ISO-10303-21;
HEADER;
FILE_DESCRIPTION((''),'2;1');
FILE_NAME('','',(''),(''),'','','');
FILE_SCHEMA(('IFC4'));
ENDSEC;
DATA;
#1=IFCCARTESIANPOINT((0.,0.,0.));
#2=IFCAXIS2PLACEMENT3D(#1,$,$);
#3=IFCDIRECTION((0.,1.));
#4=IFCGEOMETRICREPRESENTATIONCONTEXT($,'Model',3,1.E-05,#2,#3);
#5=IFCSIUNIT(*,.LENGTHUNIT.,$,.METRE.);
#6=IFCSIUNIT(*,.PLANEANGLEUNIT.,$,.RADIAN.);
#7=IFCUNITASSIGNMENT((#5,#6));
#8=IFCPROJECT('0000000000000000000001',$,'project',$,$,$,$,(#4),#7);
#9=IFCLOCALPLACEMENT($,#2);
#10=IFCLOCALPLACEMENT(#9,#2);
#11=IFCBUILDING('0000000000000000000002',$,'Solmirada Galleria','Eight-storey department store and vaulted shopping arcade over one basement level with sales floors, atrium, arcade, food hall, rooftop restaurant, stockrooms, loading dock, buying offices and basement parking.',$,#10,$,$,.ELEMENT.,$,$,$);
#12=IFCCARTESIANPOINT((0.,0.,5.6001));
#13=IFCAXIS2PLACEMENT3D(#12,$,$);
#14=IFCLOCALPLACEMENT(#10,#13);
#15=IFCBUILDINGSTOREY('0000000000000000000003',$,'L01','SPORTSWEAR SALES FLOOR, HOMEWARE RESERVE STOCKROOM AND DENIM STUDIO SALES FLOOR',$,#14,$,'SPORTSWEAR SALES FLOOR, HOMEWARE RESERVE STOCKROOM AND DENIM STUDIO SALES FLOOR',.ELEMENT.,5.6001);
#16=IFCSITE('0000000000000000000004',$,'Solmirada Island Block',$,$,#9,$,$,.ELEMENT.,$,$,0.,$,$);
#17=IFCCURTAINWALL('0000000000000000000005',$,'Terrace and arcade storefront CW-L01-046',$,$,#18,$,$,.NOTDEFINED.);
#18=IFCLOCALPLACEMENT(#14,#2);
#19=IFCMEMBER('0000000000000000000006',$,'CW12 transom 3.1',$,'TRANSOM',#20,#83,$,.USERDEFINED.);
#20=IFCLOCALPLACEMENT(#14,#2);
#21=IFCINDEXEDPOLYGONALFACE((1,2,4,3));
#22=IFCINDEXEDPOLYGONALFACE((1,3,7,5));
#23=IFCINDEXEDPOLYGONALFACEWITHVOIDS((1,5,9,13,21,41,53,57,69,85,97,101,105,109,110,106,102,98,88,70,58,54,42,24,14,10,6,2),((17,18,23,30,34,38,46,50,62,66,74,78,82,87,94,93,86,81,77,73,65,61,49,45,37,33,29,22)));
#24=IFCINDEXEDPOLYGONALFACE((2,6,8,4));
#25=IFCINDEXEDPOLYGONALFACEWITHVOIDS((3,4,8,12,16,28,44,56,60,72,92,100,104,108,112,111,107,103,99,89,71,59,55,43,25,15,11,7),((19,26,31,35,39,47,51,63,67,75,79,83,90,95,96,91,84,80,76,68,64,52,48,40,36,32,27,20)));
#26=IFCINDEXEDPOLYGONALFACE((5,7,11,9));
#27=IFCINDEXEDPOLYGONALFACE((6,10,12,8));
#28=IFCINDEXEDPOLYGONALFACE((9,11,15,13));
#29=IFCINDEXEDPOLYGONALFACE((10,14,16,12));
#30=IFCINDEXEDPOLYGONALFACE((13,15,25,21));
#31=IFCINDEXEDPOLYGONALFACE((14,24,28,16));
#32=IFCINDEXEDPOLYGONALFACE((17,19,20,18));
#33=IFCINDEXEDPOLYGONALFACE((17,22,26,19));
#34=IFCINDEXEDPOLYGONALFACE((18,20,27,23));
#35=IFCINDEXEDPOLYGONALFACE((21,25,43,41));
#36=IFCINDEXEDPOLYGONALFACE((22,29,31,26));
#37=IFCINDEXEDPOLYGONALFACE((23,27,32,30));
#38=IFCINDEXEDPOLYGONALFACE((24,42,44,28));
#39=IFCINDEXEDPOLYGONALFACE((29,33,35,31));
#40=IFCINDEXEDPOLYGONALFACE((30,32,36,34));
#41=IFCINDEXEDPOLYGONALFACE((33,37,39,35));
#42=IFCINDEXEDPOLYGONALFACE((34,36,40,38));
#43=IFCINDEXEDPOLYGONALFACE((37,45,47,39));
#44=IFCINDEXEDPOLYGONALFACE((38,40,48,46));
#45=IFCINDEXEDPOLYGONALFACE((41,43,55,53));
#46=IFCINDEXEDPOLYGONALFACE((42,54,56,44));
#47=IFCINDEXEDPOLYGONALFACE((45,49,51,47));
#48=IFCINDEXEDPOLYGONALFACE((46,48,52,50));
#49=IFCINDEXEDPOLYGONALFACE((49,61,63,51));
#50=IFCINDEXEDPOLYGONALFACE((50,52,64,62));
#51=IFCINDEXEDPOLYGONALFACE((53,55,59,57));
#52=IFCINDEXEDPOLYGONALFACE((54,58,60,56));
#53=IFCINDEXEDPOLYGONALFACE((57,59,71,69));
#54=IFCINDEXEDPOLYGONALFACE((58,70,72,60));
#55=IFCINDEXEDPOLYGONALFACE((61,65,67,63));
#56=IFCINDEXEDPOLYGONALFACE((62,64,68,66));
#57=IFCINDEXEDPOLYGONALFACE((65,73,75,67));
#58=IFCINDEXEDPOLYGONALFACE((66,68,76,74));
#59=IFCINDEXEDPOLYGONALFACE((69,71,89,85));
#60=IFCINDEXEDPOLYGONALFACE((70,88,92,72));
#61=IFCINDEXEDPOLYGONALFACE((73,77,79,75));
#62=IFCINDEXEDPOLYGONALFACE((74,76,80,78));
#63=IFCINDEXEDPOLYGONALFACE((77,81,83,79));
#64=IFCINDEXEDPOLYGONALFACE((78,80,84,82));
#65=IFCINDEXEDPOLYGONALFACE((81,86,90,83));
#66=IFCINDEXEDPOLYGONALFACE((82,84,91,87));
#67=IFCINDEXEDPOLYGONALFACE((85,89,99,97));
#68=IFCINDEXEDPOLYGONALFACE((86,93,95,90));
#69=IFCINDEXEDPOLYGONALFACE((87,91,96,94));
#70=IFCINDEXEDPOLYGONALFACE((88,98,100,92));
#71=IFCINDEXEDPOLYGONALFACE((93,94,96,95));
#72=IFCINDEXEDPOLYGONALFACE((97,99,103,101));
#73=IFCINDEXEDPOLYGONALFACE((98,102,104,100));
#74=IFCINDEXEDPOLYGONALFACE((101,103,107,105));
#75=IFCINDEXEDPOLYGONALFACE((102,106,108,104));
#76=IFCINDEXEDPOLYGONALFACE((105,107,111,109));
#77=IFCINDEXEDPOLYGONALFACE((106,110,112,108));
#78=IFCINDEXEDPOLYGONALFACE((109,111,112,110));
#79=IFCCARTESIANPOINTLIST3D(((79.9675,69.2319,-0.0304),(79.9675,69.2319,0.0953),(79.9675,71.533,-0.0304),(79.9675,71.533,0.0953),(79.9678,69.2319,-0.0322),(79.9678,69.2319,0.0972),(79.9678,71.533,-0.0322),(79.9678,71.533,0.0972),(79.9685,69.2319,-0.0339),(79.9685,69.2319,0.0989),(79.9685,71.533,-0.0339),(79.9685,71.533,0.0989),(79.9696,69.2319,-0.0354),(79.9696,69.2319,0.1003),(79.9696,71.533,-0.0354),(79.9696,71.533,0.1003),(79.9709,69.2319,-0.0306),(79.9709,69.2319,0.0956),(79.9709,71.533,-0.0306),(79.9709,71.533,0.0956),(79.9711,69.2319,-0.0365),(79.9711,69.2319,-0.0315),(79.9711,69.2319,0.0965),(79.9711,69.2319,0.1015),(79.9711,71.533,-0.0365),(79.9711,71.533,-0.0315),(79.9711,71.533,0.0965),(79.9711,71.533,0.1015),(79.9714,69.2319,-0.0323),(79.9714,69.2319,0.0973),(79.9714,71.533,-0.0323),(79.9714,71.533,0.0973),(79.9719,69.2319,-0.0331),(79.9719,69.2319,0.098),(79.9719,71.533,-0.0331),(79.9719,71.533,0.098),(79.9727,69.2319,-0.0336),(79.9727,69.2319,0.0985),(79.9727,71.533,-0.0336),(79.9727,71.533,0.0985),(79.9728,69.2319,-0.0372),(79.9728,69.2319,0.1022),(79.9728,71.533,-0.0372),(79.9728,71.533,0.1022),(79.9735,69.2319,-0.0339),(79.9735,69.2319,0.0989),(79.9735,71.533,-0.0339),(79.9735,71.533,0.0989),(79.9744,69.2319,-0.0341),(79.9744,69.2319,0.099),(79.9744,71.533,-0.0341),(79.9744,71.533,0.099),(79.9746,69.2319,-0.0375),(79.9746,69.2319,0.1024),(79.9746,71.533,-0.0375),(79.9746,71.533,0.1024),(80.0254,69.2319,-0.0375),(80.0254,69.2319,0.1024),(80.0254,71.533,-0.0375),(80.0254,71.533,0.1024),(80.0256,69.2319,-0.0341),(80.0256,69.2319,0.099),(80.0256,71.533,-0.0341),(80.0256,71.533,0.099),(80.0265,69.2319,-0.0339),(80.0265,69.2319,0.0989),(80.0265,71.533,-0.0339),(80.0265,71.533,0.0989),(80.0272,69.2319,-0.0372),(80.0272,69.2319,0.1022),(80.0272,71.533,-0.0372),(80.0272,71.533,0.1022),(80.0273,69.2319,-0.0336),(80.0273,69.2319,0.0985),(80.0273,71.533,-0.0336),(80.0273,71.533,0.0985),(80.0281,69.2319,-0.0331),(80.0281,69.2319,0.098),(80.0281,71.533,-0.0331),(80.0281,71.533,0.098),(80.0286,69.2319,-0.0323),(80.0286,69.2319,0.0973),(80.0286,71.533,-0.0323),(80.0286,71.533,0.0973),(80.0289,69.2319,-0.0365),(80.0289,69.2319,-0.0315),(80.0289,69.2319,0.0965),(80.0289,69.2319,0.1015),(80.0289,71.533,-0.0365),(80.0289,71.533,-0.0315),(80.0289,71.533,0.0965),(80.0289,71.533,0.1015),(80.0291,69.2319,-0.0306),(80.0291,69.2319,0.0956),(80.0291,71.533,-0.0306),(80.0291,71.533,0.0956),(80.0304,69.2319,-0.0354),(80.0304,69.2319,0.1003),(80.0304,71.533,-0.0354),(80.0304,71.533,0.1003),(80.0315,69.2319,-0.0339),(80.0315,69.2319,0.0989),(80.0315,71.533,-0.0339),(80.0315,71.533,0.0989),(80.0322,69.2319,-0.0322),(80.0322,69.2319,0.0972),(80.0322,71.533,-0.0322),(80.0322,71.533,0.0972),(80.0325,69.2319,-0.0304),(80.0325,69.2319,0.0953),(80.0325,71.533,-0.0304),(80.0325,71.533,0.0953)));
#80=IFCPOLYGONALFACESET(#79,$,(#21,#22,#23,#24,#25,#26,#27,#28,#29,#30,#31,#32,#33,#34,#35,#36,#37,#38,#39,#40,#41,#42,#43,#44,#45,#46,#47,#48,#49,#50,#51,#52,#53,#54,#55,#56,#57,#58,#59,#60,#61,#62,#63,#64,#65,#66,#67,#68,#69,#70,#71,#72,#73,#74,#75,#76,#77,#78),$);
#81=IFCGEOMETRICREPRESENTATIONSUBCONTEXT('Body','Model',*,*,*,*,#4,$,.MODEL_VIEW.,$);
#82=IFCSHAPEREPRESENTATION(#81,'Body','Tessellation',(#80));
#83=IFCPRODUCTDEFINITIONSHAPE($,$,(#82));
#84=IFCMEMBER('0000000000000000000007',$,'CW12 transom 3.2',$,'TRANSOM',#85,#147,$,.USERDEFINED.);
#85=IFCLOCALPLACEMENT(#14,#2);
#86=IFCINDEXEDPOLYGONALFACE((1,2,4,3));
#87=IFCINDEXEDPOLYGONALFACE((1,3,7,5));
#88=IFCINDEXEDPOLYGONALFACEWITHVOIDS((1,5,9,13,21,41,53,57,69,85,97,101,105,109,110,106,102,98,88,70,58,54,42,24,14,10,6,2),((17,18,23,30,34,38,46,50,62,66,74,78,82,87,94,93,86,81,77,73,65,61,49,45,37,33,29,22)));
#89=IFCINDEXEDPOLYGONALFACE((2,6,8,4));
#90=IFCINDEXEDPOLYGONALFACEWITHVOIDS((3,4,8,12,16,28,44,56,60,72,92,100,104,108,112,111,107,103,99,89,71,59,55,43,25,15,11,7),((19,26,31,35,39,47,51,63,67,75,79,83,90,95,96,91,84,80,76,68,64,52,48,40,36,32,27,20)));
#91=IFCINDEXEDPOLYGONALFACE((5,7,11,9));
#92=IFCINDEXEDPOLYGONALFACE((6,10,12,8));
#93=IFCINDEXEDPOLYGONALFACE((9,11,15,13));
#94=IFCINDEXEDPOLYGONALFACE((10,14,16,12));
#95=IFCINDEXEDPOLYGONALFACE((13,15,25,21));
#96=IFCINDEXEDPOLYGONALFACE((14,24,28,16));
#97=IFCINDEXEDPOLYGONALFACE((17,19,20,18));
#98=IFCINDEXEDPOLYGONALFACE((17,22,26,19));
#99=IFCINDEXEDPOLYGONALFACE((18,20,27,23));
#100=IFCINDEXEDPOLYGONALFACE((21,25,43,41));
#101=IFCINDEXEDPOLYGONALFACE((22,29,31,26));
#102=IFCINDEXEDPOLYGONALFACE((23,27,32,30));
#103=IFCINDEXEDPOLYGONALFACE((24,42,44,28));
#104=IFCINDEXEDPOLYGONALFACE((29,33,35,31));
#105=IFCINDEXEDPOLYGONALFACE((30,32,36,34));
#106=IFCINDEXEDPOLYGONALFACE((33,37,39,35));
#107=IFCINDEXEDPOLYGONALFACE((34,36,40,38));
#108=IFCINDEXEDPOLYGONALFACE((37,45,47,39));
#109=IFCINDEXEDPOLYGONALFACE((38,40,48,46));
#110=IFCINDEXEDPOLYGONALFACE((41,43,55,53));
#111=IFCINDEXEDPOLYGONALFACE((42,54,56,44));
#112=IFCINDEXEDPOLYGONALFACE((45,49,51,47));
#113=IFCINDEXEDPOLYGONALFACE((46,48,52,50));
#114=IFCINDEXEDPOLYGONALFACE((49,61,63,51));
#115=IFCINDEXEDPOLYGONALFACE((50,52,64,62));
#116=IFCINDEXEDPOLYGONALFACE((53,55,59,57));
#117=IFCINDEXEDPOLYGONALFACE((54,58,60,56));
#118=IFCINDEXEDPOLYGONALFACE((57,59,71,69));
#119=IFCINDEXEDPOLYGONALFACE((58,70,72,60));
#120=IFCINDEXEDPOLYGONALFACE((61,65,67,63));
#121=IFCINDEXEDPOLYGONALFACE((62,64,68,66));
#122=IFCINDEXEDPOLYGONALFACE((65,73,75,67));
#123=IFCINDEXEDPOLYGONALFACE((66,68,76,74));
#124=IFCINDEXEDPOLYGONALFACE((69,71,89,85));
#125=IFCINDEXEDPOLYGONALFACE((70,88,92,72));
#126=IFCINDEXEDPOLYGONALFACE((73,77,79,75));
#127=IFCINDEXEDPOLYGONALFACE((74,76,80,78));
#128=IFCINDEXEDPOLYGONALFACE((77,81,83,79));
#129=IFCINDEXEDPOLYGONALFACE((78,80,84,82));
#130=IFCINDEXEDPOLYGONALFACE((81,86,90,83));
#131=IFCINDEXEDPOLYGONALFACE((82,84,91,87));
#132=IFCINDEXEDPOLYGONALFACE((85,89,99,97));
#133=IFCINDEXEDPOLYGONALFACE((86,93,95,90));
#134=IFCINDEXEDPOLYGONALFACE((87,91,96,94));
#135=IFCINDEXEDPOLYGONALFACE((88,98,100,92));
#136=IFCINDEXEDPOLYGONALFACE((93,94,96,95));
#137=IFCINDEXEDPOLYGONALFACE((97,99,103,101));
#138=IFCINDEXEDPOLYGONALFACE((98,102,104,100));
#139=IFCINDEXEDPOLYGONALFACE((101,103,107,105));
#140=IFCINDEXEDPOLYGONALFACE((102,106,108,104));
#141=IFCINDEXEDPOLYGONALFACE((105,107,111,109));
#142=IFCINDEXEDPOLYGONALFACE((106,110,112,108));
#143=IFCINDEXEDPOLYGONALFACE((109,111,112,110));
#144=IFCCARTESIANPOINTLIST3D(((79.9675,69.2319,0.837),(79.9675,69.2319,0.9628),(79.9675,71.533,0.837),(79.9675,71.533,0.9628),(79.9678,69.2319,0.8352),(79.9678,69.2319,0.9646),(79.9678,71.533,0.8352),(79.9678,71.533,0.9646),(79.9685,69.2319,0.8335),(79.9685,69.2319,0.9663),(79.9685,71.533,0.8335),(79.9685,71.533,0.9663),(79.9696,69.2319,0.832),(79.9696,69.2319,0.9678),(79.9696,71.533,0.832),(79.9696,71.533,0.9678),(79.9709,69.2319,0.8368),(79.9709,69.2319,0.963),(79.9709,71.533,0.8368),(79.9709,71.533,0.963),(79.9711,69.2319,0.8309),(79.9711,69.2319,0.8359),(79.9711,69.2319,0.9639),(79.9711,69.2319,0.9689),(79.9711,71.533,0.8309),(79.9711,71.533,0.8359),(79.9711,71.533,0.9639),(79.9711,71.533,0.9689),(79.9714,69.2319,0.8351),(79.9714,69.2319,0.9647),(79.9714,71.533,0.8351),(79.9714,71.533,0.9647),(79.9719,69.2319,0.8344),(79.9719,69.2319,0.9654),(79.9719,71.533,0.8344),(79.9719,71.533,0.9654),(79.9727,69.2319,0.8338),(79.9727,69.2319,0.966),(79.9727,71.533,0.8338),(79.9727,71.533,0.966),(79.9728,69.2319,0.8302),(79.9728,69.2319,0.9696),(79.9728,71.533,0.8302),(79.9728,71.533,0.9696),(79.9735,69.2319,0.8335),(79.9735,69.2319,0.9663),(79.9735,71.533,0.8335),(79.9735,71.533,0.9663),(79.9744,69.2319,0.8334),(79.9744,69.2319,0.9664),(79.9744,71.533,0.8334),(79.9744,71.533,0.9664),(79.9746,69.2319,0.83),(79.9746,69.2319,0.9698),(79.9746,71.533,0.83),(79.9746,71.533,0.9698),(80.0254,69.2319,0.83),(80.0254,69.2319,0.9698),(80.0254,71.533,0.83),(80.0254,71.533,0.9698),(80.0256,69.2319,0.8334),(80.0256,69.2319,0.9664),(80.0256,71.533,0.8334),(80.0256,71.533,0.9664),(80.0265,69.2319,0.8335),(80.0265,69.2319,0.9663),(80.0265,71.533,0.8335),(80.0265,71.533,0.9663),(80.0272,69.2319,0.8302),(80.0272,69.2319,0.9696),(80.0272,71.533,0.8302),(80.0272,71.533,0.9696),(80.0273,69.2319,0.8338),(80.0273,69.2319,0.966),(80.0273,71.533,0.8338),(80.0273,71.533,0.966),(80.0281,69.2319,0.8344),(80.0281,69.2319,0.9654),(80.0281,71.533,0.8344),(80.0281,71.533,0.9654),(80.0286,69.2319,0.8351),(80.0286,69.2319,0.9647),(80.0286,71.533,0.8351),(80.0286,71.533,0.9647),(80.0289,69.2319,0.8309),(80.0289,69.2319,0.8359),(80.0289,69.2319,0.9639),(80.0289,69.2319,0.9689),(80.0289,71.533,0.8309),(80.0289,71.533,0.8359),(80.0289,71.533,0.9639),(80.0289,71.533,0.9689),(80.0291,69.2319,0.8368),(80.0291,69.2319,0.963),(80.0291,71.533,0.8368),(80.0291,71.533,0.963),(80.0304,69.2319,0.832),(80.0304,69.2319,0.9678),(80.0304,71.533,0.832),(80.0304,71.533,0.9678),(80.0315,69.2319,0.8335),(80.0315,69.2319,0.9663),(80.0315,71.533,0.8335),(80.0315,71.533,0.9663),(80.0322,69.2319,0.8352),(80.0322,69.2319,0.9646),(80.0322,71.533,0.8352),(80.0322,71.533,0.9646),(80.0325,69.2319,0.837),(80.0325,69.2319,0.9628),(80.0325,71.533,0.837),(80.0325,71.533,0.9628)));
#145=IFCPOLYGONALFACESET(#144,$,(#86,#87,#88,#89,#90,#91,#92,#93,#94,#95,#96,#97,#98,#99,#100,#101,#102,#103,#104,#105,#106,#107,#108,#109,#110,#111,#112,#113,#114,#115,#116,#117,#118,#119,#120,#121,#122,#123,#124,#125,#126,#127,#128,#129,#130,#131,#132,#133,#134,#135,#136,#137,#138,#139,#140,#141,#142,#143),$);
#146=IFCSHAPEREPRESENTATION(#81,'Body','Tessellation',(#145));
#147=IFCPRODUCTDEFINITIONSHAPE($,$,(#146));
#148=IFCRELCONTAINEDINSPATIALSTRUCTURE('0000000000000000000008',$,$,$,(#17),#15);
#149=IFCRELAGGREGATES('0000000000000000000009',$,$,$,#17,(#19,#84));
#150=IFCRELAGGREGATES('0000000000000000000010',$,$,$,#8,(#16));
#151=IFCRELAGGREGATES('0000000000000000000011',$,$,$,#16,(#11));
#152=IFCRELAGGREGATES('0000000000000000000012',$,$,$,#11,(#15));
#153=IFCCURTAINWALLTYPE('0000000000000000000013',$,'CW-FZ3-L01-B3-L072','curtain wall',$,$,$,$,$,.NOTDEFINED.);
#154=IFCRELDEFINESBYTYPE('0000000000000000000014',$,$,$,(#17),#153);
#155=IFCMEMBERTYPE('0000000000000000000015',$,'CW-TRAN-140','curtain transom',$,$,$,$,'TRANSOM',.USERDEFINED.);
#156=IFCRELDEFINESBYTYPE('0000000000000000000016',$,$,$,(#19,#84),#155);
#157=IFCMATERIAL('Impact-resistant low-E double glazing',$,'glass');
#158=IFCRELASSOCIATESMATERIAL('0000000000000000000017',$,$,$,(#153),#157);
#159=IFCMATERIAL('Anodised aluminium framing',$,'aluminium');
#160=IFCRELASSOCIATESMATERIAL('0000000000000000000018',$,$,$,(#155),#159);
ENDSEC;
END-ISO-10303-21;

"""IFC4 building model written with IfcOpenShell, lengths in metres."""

from ifc_helpers import new_model, si_unit, direction, frame, origin, origin_2d, place, context, subcontext, project, spatial, hollow_rectangle, extrude, material, material_profile, profile_set, type_object, element, aggregate, save


model = new_model("IFC4")

# Units and contexts
model_context = context("Model", 3, precision=1e-05, world=origin(), true_north=direction((0.0, 1.0)))
body_context = subcontext(model_context, "Body", "Model", "MODEL_VIEW")
ifc_project = project(units=[si_unit("LENGTHUNIT", "METRE"), si_unit("PLANEANGLEUNIT", "RADIAN")], contexts=[model_context])

# Site, building, storey
site_placement = place(None, origin())
site = spatial("IfcSite", under=ifc_project, at=site_placement, Name="Solmirada Island Block", CompositionType="ELEMENT", RefElevation=0.0)
building_placement = place(site_placement, origin())
building = spatial("IfcBuilding", under=site, at=building_placement, Name="Solmirada Galleria", Description="Eight-storey department store and vaulted shopping arcade over one basement level with sales floors, atrium, arcade, food hall, rooftop restaurant, stockrooms, loading dock, buying offices and basement parking.", CompositionType="ELEMENT")
storey_placement = place(building_placement, frame((0.0, 0.0, 5.6001)))
storey = spatial("IfcBuildingStorey", under=building, at=storey_placement, Name="L01", Description="SPORTSWEAR SALES FLOOR, HOMEWARE RESERVE STOCKROOM AND DENIM STUDIO SALES FLOOR", LongName="SPORTSWEAR SALES FLOOR, HOMEWARE RESERVE STOCKROOM AND DENIM STUDIO SALES FLOOR", CompositionType="ELEMENT", Elevation=5.6001)

# Curtain wall
ifc_material_1 = material(Name="Impact-resistant low-E double glazing", Category="glass")
curtain_wall_type_1 = type_object("IfcCurtainWallType", Name="CW-FZ3-L01-B3-L072", Description="curtain wall", PredefinedType="NOTDEFINED", material=ifc_material_1)
curtain_wall_1_placement = place(storey_placement, origin())
curtain_wall_1 = element("IfcCurtainWall", 1, at=curtain_wall_1_placement, inside=storey, type_object=curtain_wall_type_1, Name="Terrace and arcade storefront CW-L01-046", PredefinedType="NOTDEFINED")
ifc_material_2 = material(Name="Anodised aluminium framing", Category="aluminium")

# Members
ifc_material_profile_1 = material_profile(ifc_material_2, hollow_rectangle(XDim=0.0649, YDim=0.1399, WallThickness=0.0034, InnerFilletRadius=0.0034, OuterFilletRadius=0.0071, at=origin_2d()), Name="ALU-TRAN-140X65")
ifc_profile_set_1 = profile_set([ifc_material_profile_1], Name="Anodised aluminium framing")
member_type_1 = type_object("IfcMemberType", Name="CW-TRAN-140", Description="curtain transom", ElementType="TRANSOM", PredefinedType="USERDEFINED", material=ifc_profile_set_1)
member_1_placement = place(storey_placement, frame((80.0, 69.2319, 0.0325), z_axis=(0.0, 1.0, 0.0), x_axis=(-1.0, 0.0, 0.0)))
member_1 = element("IfcMember", 2, at=member_1_placement, type_object=member_type_1, Name="CW12 transom 3.1", ObjectType="TRANSOM", PredefinedType="USERDEFINED", context=body_context, shape_type="SweptSolid", body=[
    extrude(hollow_rectangle(XDim=0.0649, YDim=0.1399, WallThickness=0.0034, InnerFilletRadius=0.0034, OuterFilletRadius=0.0071, at=origin_2d()), origin(), (0.0, 0.0, 1.0), 2.301),
])
member_2_placement = place(storey_placement, frame((80.0, 69.2319, 0.8999), z_axis=(0.0, 1.0, 0.0), x_axis=(-1.0, 0.0, 0.0)))
member_2 = element("IfcMember", 3, at=member_2_placement, type_object=member_type_1, Name="CW12 transom 3.2", ObjectType="TRANSOM", PredefinedType="USERDEFINED", context=body_context, shape_type="SweptSolid", body=[
    extrude(hollow_rectangle(XDim=0.0649, YDim=0.1399, WallThickness=0.0034, InnerFilletRadius=0.0034, OuterFilletRadius=0.0071, at=origin_2d()), origin(), (0.0, 0.0, 1.0), 2.301),
])

aggregate(curtain_wall_1, [member_1, member_2])

save(model, "model.ifc")
